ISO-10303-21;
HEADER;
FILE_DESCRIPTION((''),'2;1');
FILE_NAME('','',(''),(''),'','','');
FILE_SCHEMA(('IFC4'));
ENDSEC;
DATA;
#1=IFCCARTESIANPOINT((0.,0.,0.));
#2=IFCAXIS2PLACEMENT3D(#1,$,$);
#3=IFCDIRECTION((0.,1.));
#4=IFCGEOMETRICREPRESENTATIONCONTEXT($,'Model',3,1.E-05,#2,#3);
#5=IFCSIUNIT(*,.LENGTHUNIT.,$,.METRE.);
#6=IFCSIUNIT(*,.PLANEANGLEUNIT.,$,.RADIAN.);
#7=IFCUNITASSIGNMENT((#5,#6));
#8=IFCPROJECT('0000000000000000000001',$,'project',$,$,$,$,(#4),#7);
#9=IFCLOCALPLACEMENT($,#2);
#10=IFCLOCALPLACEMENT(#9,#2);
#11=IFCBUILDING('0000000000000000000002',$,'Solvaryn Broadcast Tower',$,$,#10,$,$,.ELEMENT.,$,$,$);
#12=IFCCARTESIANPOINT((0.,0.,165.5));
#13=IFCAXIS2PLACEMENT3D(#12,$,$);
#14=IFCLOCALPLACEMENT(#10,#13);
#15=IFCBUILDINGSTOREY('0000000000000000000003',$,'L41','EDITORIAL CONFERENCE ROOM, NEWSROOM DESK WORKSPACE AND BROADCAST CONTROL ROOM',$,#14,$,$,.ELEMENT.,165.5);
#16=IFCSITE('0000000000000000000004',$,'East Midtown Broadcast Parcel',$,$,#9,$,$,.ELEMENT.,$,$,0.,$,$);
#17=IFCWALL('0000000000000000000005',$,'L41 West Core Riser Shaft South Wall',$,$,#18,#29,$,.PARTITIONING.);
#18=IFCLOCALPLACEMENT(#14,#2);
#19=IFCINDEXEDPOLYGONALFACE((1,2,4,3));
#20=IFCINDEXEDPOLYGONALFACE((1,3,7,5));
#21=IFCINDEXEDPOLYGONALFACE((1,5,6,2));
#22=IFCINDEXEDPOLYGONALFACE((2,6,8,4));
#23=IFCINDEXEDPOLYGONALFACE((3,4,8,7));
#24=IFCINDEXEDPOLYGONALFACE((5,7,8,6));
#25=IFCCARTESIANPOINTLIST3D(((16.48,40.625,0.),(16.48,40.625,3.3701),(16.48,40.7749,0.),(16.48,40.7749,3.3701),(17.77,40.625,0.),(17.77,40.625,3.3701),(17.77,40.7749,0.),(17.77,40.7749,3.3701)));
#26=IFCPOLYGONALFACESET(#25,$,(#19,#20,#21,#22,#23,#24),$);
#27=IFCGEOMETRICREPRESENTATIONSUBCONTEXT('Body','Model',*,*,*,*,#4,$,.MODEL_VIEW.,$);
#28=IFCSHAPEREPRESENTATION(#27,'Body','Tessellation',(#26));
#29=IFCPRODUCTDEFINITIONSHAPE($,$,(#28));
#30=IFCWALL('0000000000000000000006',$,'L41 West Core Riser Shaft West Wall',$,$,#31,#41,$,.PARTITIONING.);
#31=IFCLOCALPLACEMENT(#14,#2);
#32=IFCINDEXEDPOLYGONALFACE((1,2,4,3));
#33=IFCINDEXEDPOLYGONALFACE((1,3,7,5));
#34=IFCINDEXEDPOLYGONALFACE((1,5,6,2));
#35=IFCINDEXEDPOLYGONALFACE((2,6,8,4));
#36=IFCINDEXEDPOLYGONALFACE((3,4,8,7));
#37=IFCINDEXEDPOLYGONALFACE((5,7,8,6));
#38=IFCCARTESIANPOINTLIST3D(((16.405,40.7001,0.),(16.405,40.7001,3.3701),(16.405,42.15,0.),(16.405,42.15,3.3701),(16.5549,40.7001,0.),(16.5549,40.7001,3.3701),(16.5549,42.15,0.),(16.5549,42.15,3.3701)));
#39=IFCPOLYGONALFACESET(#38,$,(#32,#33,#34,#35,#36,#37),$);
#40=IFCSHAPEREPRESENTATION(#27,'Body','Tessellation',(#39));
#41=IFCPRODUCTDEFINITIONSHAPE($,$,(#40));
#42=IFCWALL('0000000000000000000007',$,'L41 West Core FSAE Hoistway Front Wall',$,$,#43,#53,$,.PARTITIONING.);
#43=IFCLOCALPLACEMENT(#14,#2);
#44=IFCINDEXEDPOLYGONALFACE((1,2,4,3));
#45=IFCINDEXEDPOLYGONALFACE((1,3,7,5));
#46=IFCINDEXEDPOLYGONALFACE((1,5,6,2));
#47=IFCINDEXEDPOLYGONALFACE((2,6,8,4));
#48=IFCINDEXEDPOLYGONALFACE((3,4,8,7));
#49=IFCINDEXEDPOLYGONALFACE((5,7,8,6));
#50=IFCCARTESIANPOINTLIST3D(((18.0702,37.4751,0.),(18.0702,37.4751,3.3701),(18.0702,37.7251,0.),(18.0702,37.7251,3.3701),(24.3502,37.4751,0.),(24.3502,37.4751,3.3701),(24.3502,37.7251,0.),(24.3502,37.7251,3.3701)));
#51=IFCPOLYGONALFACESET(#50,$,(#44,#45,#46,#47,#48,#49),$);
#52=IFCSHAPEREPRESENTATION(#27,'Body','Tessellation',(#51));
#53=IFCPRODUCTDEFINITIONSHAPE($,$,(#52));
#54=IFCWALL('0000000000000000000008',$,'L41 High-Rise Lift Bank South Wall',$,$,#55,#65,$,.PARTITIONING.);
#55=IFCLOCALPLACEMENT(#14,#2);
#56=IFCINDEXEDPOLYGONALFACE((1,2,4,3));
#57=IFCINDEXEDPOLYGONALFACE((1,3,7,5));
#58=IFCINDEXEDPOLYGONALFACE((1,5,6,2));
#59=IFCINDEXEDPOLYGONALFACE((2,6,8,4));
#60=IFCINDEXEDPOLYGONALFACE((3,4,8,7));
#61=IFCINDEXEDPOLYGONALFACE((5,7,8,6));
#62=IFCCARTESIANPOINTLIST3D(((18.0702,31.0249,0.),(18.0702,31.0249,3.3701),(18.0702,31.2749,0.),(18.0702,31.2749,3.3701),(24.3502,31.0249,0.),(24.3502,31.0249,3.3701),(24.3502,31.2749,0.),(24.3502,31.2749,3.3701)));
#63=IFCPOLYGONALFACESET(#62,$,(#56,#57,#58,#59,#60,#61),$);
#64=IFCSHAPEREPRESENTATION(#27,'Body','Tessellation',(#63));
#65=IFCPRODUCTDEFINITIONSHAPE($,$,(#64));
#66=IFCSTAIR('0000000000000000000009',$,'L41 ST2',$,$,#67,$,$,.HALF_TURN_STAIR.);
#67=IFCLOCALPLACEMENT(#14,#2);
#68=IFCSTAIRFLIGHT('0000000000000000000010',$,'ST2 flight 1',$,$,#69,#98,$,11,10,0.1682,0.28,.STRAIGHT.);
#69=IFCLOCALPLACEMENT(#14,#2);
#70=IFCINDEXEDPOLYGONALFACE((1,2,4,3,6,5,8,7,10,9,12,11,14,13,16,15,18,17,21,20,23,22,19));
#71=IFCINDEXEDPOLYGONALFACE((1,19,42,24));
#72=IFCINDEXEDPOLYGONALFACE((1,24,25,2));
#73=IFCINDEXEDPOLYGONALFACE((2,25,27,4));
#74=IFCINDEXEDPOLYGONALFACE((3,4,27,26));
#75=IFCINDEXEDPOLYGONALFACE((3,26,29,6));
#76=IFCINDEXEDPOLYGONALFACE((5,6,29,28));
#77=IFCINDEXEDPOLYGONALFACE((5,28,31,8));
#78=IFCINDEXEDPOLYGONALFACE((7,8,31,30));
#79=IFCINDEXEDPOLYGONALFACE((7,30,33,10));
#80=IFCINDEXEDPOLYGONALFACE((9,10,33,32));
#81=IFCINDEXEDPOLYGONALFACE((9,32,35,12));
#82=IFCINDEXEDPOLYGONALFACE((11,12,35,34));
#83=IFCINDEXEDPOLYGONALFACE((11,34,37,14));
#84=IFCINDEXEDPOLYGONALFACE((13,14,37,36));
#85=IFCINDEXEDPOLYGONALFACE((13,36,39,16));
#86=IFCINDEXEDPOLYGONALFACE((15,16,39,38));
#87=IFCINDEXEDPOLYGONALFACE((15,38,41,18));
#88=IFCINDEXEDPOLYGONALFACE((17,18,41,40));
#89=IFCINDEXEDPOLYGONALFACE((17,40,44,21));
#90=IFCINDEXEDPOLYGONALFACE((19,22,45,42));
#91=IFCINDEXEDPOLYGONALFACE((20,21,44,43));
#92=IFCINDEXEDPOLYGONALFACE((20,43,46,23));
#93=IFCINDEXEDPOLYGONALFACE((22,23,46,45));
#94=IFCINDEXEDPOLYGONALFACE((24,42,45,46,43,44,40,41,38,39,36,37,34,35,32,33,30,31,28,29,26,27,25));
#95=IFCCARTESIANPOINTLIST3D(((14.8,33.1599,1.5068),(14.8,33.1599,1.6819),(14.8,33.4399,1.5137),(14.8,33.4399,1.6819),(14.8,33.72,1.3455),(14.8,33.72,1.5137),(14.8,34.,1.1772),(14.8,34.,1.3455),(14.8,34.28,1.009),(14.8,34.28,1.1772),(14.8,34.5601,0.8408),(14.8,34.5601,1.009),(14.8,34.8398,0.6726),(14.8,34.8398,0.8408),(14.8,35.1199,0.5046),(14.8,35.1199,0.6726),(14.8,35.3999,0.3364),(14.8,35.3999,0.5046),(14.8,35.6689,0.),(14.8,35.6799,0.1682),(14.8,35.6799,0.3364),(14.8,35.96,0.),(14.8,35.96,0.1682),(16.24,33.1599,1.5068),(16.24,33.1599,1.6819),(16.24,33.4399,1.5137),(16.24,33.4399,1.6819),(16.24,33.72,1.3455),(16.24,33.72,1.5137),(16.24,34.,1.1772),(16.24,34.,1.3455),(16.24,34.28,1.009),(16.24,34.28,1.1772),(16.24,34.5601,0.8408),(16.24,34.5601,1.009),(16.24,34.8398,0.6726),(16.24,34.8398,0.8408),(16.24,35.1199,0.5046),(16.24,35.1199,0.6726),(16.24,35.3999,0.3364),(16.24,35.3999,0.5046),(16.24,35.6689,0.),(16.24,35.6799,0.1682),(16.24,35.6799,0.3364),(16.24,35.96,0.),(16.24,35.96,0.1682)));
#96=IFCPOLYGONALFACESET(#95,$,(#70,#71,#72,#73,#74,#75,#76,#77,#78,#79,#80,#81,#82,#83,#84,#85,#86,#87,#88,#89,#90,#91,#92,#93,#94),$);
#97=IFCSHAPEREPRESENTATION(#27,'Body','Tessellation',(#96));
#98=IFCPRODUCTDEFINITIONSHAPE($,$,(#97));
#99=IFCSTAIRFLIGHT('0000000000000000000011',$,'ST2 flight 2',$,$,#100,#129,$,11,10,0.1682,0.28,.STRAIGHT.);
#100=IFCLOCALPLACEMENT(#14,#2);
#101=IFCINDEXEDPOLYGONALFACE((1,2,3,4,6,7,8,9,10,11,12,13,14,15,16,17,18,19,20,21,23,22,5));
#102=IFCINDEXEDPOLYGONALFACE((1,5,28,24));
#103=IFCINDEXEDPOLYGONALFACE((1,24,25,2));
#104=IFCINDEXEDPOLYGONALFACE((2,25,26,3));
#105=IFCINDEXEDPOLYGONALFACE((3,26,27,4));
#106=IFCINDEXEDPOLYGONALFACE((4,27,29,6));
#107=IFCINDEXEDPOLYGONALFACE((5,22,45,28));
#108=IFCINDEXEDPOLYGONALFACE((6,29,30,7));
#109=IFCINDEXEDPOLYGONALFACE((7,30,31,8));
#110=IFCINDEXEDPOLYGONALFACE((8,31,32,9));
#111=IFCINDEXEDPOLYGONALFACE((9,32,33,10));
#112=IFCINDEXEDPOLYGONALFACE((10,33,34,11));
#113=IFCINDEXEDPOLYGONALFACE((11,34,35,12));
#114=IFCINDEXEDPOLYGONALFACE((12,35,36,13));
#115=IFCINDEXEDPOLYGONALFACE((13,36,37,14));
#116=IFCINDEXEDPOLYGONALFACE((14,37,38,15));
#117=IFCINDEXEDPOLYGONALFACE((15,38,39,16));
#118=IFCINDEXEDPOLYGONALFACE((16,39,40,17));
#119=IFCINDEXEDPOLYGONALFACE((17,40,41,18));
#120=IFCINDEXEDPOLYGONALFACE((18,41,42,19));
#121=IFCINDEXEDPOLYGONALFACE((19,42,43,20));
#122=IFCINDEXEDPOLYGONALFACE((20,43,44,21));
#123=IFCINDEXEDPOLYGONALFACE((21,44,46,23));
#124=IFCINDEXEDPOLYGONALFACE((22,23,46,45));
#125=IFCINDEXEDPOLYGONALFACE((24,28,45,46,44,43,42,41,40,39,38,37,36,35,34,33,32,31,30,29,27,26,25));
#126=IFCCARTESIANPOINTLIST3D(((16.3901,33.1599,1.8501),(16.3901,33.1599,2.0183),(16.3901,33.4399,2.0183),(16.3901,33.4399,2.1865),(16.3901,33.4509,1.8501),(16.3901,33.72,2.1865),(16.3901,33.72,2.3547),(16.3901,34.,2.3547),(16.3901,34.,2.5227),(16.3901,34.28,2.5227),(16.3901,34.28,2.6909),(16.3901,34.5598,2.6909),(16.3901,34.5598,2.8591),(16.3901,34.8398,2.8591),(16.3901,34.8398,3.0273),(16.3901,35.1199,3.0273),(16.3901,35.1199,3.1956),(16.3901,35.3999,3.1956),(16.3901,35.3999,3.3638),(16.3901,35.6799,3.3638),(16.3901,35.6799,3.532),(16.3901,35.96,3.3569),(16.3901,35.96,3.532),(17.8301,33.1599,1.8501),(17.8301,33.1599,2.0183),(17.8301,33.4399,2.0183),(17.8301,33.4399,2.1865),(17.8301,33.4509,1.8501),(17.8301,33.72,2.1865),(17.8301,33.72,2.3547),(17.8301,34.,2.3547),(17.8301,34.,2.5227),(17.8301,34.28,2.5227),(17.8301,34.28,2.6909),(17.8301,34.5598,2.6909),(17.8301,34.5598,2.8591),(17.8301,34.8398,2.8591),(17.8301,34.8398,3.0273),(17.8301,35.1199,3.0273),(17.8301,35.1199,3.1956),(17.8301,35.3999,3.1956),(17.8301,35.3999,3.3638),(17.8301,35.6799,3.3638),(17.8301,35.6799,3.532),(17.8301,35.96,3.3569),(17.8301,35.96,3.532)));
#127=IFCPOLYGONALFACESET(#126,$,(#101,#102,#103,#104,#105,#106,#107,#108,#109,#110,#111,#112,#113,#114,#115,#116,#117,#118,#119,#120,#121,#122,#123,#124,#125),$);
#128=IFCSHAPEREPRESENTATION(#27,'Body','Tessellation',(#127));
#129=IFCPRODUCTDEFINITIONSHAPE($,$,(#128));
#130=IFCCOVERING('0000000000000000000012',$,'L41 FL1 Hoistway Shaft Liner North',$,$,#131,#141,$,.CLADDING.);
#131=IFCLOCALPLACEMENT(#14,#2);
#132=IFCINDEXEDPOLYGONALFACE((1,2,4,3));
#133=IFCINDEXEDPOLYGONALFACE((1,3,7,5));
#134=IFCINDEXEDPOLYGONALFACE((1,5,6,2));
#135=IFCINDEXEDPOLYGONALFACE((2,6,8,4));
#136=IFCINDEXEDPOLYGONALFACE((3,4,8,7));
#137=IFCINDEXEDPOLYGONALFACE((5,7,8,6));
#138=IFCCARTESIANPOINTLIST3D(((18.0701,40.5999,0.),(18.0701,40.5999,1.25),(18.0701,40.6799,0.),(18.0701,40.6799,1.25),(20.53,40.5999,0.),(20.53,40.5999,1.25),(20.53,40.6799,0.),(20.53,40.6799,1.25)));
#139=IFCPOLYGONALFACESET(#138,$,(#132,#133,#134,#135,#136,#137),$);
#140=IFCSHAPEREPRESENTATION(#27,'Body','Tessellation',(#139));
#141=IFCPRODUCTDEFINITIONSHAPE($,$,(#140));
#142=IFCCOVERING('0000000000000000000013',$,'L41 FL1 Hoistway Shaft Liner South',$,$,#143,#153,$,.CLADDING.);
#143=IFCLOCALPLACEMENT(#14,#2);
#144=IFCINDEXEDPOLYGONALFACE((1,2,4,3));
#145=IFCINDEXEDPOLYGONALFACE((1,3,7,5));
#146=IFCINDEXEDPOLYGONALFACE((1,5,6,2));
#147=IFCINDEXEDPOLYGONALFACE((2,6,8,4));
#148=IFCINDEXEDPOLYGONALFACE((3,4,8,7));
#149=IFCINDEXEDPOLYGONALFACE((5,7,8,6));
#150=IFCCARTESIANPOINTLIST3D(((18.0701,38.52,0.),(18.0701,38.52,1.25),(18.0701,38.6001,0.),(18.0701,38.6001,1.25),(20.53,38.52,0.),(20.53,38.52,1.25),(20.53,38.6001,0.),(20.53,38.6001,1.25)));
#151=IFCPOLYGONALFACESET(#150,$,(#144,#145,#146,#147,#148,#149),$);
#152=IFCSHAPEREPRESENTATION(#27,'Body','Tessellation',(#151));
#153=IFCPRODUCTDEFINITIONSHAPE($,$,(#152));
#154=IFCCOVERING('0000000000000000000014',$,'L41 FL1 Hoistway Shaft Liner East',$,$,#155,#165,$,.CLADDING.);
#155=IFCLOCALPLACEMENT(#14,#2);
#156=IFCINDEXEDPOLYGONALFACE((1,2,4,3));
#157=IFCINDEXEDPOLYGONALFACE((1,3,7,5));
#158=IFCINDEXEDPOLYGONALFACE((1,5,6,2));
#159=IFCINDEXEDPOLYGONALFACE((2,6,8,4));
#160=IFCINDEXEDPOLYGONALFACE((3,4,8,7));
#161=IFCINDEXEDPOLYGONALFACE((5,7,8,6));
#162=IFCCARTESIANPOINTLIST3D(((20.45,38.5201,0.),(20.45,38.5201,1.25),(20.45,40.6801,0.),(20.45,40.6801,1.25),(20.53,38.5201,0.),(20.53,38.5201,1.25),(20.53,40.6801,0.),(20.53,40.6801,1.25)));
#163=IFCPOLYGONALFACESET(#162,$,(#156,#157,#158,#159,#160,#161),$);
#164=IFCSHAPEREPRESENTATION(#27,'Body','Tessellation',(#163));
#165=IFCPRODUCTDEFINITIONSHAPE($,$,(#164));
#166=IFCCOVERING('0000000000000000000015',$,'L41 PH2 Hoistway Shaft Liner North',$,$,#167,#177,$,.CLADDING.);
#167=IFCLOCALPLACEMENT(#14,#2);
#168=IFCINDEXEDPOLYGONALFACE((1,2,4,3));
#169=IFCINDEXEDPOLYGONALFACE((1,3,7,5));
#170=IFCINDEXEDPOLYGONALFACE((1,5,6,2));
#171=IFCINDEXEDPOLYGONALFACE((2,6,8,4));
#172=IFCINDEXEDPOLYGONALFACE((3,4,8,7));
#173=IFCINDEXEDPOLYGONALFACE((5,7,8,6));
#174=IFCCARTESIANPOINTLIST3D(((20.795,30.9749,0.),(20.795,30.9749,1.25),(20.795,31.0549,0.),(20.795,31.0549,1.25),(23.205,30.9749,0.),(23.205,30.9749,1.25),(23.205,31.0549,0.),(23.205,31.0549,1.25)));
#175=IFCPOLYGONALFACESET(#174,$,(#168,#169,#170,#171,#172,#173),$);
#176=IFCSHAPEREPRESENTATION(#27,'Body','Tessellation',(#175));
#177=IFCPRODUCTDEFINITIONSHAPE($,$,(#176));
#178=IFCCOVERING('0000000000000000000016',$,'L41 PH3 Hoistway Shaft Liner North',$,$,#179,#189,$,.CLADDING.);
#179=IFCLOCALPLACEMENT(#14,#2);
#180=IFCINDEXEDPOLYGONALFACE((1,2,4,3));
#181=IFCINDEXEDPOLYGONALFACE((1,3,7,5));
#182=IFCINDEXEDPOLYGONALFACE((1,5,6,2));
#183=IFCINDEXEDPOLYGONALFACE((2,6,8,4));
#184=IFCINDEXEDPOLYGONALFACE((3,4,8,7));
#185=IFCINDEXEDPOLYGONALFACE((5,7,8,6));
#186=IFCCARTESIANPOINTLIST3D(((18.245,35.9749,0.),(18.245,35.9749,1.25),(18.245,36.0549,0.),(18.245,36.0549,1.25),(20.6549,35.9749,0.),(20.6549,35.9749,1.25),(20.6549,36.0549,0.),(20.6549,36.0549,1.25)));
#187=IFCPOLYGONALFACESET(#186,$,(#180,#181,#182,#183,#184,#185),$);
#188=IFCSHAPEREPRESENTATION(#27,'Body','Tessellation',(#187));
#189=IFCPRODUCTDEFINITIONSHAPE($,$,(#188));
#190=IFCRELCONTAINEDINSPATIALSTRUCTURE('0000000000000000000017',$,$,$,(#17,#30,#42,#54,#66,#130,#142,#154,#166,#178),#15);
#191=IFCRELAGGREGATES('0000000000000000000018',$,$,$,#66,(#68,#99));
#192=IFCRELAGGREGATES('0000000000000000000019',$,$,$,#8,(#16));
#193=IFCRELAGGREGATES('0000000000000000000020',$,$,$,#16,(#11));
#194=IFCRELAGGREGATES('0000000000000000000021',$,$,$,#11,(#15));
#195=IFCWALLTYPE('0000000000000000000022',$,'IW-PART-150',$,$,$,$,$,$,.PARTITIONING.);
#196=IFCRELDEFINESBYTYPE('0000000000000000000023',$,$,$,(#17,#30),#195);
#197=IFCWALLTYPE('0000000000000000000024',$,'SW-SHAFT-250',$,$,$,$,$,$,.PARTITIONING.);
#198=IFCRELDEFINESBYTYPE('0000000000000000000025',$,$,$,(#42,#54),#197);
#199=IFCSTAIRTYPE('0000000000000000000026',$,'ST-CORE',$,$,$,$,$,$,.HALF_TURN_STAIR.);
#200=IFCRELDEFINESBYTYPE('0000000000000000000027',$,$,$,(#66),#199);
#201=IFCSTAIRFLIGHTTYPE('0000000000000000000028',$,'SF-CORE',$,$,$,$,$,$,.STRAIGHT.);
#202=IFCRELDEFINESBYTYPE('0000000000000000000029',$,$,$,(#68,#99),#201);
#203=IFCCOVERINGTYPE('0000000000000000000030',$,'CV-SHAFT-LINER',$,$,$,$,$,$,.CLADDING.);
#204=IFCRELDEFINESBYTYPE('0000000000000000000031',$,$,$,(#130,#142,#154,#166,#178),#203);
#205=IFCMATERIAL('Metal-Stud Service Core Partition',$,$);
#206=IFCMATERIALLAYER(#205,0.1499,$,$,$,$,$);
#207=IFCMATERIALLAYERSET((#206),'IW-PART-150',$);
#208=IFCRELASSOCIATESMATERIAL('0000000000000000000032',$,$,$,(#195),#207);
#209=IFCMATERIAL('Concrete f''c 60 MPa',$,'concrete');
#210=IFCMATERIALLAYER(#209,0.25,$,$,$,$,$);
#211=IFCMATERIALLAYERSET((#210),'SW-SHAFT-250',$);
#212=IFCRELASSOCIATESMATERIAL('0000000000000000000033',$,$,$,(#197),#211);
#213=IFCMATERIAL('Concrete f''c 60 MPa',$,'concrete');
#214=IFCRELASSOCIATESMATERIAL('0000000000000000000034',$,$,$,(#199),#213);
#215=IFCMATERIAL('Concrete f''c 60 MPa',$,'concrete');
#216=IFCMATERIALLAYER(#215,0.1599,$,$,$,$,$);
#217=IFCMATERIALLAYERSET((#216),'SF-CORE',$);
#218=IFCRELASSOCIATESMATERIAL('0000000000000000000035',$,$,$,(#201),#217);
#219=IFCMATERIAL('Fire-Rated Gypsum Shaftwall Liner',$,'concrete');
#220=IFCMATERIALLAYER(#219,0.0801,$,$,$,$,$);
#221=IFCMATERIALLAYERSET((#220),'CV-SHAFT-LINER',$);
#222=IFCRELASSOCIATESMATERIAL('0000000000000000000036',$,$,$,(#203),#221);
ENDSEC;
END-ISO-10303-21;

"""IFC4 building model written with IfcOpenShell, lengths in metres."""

from ifc_helpers import new_model, si_unit, direction, frame, frame_2d, origin, origin_2d, place, context, subcontext, project, spatial, polyline, rectangle, outline, extrude, material, layer, layer_set, type_object, element, aggregate, save


model = new_model("IFC4")

# Units and contexts
model_context = context("Model", 3, precision=1e-05, world=origin(), true_north=direction((0.0, 1.0)))
body_context = subcontext(model_context, "Body", "Model", "MODEL_VIEW")
ifc_project = project(units=[si_unit("LENGTHUNIT", "METRE"), si_unit("PLANEANGLEUNIT", "RADIAN")], contexts=[model_context])

# Site, building, storey
site_placement = place(None, origin())
site = spatial("IfcSite", under=ifc_project, at=site_placement, Name="East Midtown Broadcast Parcel", CompositionType="ELEMENT", RefElevation=0.0)
building_placement = place(site_placement, origin())
building = spatial("IfcBuilding", under=site, at=building_placement, Name="Solvaryn Broadcast Tower", CompositionType="ELEMENT")
storey_placement = place(building_placement, frame((0.0, 0.0, 165.5)))
storey = spatial("IfcBuildingStorey", under=building, at=storey_placement, Name="L41", Description="EDITORIAL CONFERENCE ROOM, NEWSROOM DESK WORKSPACE AND BROADCAST CONTROL ROOM", CompositionType="ELEMENT", Elevation=165.5)

# Walls
ifc_material_1 = material(Name="Metal-Stud Service Core Partition")
ifc_layer_1 = layer(ifc_material_1, 0.1499)
ifc_layer_set_1 = layer_set([ifc_layer_1], Name="IW-PART-150")
wall_type_1 = type_object("IfcWallType", Name="IW-PART-150", PredefinedType="PARTITIONING", material=ifc_layer_set_1)
wall_1_placement = place(storey_placement, frame((16.48, 40.7, 0.0), z_axis=(0.0, 0.0, 1.0), x_axis=(1.0, 0.0, 0.0)))
element("IfcWall", 1, at=wall_1_placement, inside=storey, type_object=wall_type_1, Name="L41 West Core Riser Shaft South Wall", PredefinedType="PARTITIONING", context=body_context, shape_type="SweptSolid", body=[
    extrude(rectangle(XDim=1.29, YDim=0.1499, at=frame_2d((0.645, 0.0))), origin(), (0.0, 0.0, 1.0), 3.3701),
])
wall_2_placement = place(storey_placement, frame((16.48, 40.7, 0.0), z_axis=(0.0, 0.0, 1.0), x_axis=(0.0, 1.0, 0.0)))
element("IfcWall", 2, at=wall_2_placement, inside=storey, type_object=wall_type_1, Name="L41 West Core Riser Shaft West Wall", PredefinedType="PARTITIONING", context=body_context, shape_type="SweptSolid", body=[
    extrude(rectangle(XDim=1.45, YDim=0.1499, at=frame_2d((0.7251, 0.0))), origin(), (0.0, 0.0, 1.0), 3.3701),
])
ifc_material_2 = material(Name="Concrete f'c 60 MPa", Category="concrete")
ifc_layer_2 = layer(ifc_material_2, 0.25)
ifc_layer_set_2 = layer_set([ifc_layer_2], Name="SW-SHAFT-250")
wall_type_2 = type_object("IfcWallType", Name="SW-SHAFT-250", PredefinedType="PARTITIONING", material=ifc_layer_set_2)
for number, where, z_axis, x_axis, name in (
    (3, (18.0701, 37.6001, 0.0), (0.0, 0.0, 1.0), (1.0, 0.0, 0.0), "L41 West Core FSAE Hoistway Front Wall"),
    (4, (18.0701, 31.1499, 0.0), (0.0, 0.0, 1.0), (1.0, 0.0, 0.0), "L41 High-Rise Lift Bank South Wall"),
):
    element("IfcWall", number, at=place(storey_placement, frame(where, z_axis=z_axis, x_axis=x_axis)), inside=storey, type_object=wall_type_2, Name=name, PredefinedType="PARTITIONING", context=body_context, shape_type="SweptSolid", body=[
        extrude(rectangle(XDim=6.28, YDim=0.25, at=frame_2d((3.1401, 0.0))), origin(), (0.0, 0.0, 1.0), 3.3701),
    ])

# Stair, stair flights
ifc_material_3 = material(Name="Concrete f'c 60 MPa", Category="concrete")
stair_type = type_object("IfcStairType", Name="ST-CORE", PredefinedType="HALF_TURN_STAIR", material=ifc_material_3)
stair_placement = place(storey_placement, origin())
stair = element("IfcStair", 5, at=stair_placement, inside=storey, type_object=stair_type, Name="L41 ST2", PredefinedType="HALF_TURN_STAIR")
ifc_material_4 = material(Name="Concrete f'c 60 MPa", Category="concrete")
ifc_layer_3 = layer(ifc_material_4, 0.1599)
ifc_layer_set_3 = layer_set([ifc_layer_3], Name="SF-CORE")
stair_flight_type = type_object("IfcStairFlightType", Name="SF-CORE", PredefinedType="STRAIGHT", material=ifc_layer_set_3)
stair_flight_1_placement = place(storey_placement, frame((15.52, 35.96, 0.0), z_axis=(0.0, 0.0, 1.0), x_axis=(0.0, -1.0, 0.0)))
stair_flight_1 = element("IfcStairFlight", 6, at=stair_flight_1_placement, type_object=stair_flight_type, Name="ST2 flight 1", NumberOfRisers=11, NumberOfTreads=10, PredefinedType="STRAIGHT", RiserHeight=0.1682, TreadLength=0.28, context=body_context, shape_type="SweptSolid", body=[
    extrude(outline(polyline([(0.0, 0.0), (0.0, 0.1682), (0.28, 0.1682), (0.28, 0.3364), (0.5601, 0.3364), (0.5601, 0.5046), (0.8401, 0.5046), (0.8401, 0.6726), (1.1201, 0.6726), (1.1201, 0.8408), (1.3999, 0.8408), (1.3999, 1.009), (1.6799, 1.009), (1.6799, 1.1772), (1.96, 1.1772), (1.96, 1.3455), (2.24, 1.3455), (2.24, 1.5137), (2.52, 1.5137), (2.52, 1.6819), (2.8, 1.6819), (2.8, 1.8501), (2.8, 1.5068), (0.291, 0.0), (0.0, 0.0)])), frame((0.0, 0.72, 0.0), z_axis=(0.0, -1.0, 0.0), x_axis=(1.0, 0.0, 0.0)), (0.0, 0.0, 1.0), 1.4399),
])
stair_flight_2_placement = place(storey_placement, frame((17.1101, 33.1599, 1.8501), z_axis=(0.0, 0.0, 1.0), x_axis=(0.0, 1.0, 0.0)))
stair_flight_2 = element("IfcStairFlight", 7, at=stair_flight_2_placement, type_object=stair_flight_type, Name="ST2 flight 2", NumberOfRisers=11, NumberOfTreads=10, PredefinedType="STRAIGHT", RiserHeight=0.1682, TreadLength=0.28, context=body_context, shape_type="SweptSolid", body=[
    extrude(outline(polyline([(0.0, 0.0), (0.0, 0.1682), (0.28, 0.1682), (0.28, 0.3364), (0.5601, 0.3364), (0.5601, 0.5046), (0.8401, 0.5046), (0.8401, 0.6726), (1.1201, 0.6726), (1.1201, 0.8408), (1.3999, 0.8408), (1.3999, 1.009), (1.6799, 1.009), (1.6799, 1.1772), (1.96, 1.1772), (1.96, 1.3455), (2.24, 1.3455), (2.24, 1.5137), (2.52, 1.5137), (2.52, 1.6819), (2.8, 1.6819), (2.8, 1.8501), (2.8, 1.5068), (0.291, 0.0), (0.0, 0.0)])), frame((0.0, 0.72, 0.0), z_axis=(0.0, -1.0, 0.0), x_axis=(1.0, 0.0, 0.0)), (0.0, 0.0, 1.0), 1.4399),
])
aggregate(stair, [stair_flight_1, stair_flight_2])

# Coverings
ifc_material_5 = material(Name="Fire-Rated Gypsum Shaftwall Liner", Category="concrete")
ifc_layer_4 = layer(ifc_material_5, 0.0801)
ifc_layer_set_4 = layer_set([ifc_layer_4], Name="CV-SHAFT-LINER")
covering_type = type_object("IfcCoveringType", Name="CV-SHAFT-LINER", PredefinedType="CLADDING", material=ifc_layer_set_4)
for number, where, z_axis, x_axis, name in (
    (8, (19.3, 40.6399, 0.0), (0.0, 0.0, 1.0), (1.0, 0.0, 0.0), "L41 FL1 Hoistway Shaft Liner North"),
    (9, (19.3, 38.5601, 0.0), (0.0, 0.0, 1.0), (1.0, 0.0, 0.0), "L41 FL1 Hoistway Shaft Liner South"),
):
    element("IfcCovering", number, at=place(storey_placement, frame(where, z_axis=z_axis, x_axis=x_axis)), inside=storey, type_object=covering_type, Name=name, PredefinedType="CLADDING", context=body_context, shape_type="SweptSolid", body=[
        extrude(rectangle(XDim=2.46, YDim=0.0801, at=origin_2d()), origin(), (0.0, 0.0, 1.0), 1.25),
    ])
covering_placement = place(storey_placement, frame((20.49, 39.6001, 0.0), z_axis=(0.0, 0.0, 1.0), x_axis=(1.0, 0.0, 0.0)))
element("IfcCovering", 10, at=covering_placement, inside=storey, type_object=covering_type, Name="L41 FL1 Hoistway Shaft Liner East", PredefinedType="CLADDING", context=body_context, shape_type="SweptSolid", body=[
    extrude(rectangle(XDim=0.0801, YDim=2.1599, at=origin_2d()), origin(), (0.0, 0.0, 1.0), 1.25),
])
for number, where, z_axis, x_axis, name in (
    (11, (22.0, 31.0149, 0.0), (0.0, 0.0, 1.0), (1.0, 0.0, 0.0), "L41 PH2 Hoistway Shaft Liner North"),
    (12, (19.45, 36.0149, 0.0), (0.0, 0.0, 1.0), (1.0, 0.0, 0.0), "L41 PH3 Hoistway Shaft Liner North"),
):
    element("IfcCovering", number, at=place(storey_placement, frame(where, z_axis=z_axis, x_axis=x_axis)), inside=storey, type_object=covering_type, Name=name, PredefinedType="CLADDING", context=body_context, shape_type="SweptSolid", body=[
        extrude(rectangle(XDim=2.4099, YDim=0.0801, at=origin_2d()), origin(), (0.0, 0.0, 1.0), 1.25),
    ])

save(model, "model.ifc")
